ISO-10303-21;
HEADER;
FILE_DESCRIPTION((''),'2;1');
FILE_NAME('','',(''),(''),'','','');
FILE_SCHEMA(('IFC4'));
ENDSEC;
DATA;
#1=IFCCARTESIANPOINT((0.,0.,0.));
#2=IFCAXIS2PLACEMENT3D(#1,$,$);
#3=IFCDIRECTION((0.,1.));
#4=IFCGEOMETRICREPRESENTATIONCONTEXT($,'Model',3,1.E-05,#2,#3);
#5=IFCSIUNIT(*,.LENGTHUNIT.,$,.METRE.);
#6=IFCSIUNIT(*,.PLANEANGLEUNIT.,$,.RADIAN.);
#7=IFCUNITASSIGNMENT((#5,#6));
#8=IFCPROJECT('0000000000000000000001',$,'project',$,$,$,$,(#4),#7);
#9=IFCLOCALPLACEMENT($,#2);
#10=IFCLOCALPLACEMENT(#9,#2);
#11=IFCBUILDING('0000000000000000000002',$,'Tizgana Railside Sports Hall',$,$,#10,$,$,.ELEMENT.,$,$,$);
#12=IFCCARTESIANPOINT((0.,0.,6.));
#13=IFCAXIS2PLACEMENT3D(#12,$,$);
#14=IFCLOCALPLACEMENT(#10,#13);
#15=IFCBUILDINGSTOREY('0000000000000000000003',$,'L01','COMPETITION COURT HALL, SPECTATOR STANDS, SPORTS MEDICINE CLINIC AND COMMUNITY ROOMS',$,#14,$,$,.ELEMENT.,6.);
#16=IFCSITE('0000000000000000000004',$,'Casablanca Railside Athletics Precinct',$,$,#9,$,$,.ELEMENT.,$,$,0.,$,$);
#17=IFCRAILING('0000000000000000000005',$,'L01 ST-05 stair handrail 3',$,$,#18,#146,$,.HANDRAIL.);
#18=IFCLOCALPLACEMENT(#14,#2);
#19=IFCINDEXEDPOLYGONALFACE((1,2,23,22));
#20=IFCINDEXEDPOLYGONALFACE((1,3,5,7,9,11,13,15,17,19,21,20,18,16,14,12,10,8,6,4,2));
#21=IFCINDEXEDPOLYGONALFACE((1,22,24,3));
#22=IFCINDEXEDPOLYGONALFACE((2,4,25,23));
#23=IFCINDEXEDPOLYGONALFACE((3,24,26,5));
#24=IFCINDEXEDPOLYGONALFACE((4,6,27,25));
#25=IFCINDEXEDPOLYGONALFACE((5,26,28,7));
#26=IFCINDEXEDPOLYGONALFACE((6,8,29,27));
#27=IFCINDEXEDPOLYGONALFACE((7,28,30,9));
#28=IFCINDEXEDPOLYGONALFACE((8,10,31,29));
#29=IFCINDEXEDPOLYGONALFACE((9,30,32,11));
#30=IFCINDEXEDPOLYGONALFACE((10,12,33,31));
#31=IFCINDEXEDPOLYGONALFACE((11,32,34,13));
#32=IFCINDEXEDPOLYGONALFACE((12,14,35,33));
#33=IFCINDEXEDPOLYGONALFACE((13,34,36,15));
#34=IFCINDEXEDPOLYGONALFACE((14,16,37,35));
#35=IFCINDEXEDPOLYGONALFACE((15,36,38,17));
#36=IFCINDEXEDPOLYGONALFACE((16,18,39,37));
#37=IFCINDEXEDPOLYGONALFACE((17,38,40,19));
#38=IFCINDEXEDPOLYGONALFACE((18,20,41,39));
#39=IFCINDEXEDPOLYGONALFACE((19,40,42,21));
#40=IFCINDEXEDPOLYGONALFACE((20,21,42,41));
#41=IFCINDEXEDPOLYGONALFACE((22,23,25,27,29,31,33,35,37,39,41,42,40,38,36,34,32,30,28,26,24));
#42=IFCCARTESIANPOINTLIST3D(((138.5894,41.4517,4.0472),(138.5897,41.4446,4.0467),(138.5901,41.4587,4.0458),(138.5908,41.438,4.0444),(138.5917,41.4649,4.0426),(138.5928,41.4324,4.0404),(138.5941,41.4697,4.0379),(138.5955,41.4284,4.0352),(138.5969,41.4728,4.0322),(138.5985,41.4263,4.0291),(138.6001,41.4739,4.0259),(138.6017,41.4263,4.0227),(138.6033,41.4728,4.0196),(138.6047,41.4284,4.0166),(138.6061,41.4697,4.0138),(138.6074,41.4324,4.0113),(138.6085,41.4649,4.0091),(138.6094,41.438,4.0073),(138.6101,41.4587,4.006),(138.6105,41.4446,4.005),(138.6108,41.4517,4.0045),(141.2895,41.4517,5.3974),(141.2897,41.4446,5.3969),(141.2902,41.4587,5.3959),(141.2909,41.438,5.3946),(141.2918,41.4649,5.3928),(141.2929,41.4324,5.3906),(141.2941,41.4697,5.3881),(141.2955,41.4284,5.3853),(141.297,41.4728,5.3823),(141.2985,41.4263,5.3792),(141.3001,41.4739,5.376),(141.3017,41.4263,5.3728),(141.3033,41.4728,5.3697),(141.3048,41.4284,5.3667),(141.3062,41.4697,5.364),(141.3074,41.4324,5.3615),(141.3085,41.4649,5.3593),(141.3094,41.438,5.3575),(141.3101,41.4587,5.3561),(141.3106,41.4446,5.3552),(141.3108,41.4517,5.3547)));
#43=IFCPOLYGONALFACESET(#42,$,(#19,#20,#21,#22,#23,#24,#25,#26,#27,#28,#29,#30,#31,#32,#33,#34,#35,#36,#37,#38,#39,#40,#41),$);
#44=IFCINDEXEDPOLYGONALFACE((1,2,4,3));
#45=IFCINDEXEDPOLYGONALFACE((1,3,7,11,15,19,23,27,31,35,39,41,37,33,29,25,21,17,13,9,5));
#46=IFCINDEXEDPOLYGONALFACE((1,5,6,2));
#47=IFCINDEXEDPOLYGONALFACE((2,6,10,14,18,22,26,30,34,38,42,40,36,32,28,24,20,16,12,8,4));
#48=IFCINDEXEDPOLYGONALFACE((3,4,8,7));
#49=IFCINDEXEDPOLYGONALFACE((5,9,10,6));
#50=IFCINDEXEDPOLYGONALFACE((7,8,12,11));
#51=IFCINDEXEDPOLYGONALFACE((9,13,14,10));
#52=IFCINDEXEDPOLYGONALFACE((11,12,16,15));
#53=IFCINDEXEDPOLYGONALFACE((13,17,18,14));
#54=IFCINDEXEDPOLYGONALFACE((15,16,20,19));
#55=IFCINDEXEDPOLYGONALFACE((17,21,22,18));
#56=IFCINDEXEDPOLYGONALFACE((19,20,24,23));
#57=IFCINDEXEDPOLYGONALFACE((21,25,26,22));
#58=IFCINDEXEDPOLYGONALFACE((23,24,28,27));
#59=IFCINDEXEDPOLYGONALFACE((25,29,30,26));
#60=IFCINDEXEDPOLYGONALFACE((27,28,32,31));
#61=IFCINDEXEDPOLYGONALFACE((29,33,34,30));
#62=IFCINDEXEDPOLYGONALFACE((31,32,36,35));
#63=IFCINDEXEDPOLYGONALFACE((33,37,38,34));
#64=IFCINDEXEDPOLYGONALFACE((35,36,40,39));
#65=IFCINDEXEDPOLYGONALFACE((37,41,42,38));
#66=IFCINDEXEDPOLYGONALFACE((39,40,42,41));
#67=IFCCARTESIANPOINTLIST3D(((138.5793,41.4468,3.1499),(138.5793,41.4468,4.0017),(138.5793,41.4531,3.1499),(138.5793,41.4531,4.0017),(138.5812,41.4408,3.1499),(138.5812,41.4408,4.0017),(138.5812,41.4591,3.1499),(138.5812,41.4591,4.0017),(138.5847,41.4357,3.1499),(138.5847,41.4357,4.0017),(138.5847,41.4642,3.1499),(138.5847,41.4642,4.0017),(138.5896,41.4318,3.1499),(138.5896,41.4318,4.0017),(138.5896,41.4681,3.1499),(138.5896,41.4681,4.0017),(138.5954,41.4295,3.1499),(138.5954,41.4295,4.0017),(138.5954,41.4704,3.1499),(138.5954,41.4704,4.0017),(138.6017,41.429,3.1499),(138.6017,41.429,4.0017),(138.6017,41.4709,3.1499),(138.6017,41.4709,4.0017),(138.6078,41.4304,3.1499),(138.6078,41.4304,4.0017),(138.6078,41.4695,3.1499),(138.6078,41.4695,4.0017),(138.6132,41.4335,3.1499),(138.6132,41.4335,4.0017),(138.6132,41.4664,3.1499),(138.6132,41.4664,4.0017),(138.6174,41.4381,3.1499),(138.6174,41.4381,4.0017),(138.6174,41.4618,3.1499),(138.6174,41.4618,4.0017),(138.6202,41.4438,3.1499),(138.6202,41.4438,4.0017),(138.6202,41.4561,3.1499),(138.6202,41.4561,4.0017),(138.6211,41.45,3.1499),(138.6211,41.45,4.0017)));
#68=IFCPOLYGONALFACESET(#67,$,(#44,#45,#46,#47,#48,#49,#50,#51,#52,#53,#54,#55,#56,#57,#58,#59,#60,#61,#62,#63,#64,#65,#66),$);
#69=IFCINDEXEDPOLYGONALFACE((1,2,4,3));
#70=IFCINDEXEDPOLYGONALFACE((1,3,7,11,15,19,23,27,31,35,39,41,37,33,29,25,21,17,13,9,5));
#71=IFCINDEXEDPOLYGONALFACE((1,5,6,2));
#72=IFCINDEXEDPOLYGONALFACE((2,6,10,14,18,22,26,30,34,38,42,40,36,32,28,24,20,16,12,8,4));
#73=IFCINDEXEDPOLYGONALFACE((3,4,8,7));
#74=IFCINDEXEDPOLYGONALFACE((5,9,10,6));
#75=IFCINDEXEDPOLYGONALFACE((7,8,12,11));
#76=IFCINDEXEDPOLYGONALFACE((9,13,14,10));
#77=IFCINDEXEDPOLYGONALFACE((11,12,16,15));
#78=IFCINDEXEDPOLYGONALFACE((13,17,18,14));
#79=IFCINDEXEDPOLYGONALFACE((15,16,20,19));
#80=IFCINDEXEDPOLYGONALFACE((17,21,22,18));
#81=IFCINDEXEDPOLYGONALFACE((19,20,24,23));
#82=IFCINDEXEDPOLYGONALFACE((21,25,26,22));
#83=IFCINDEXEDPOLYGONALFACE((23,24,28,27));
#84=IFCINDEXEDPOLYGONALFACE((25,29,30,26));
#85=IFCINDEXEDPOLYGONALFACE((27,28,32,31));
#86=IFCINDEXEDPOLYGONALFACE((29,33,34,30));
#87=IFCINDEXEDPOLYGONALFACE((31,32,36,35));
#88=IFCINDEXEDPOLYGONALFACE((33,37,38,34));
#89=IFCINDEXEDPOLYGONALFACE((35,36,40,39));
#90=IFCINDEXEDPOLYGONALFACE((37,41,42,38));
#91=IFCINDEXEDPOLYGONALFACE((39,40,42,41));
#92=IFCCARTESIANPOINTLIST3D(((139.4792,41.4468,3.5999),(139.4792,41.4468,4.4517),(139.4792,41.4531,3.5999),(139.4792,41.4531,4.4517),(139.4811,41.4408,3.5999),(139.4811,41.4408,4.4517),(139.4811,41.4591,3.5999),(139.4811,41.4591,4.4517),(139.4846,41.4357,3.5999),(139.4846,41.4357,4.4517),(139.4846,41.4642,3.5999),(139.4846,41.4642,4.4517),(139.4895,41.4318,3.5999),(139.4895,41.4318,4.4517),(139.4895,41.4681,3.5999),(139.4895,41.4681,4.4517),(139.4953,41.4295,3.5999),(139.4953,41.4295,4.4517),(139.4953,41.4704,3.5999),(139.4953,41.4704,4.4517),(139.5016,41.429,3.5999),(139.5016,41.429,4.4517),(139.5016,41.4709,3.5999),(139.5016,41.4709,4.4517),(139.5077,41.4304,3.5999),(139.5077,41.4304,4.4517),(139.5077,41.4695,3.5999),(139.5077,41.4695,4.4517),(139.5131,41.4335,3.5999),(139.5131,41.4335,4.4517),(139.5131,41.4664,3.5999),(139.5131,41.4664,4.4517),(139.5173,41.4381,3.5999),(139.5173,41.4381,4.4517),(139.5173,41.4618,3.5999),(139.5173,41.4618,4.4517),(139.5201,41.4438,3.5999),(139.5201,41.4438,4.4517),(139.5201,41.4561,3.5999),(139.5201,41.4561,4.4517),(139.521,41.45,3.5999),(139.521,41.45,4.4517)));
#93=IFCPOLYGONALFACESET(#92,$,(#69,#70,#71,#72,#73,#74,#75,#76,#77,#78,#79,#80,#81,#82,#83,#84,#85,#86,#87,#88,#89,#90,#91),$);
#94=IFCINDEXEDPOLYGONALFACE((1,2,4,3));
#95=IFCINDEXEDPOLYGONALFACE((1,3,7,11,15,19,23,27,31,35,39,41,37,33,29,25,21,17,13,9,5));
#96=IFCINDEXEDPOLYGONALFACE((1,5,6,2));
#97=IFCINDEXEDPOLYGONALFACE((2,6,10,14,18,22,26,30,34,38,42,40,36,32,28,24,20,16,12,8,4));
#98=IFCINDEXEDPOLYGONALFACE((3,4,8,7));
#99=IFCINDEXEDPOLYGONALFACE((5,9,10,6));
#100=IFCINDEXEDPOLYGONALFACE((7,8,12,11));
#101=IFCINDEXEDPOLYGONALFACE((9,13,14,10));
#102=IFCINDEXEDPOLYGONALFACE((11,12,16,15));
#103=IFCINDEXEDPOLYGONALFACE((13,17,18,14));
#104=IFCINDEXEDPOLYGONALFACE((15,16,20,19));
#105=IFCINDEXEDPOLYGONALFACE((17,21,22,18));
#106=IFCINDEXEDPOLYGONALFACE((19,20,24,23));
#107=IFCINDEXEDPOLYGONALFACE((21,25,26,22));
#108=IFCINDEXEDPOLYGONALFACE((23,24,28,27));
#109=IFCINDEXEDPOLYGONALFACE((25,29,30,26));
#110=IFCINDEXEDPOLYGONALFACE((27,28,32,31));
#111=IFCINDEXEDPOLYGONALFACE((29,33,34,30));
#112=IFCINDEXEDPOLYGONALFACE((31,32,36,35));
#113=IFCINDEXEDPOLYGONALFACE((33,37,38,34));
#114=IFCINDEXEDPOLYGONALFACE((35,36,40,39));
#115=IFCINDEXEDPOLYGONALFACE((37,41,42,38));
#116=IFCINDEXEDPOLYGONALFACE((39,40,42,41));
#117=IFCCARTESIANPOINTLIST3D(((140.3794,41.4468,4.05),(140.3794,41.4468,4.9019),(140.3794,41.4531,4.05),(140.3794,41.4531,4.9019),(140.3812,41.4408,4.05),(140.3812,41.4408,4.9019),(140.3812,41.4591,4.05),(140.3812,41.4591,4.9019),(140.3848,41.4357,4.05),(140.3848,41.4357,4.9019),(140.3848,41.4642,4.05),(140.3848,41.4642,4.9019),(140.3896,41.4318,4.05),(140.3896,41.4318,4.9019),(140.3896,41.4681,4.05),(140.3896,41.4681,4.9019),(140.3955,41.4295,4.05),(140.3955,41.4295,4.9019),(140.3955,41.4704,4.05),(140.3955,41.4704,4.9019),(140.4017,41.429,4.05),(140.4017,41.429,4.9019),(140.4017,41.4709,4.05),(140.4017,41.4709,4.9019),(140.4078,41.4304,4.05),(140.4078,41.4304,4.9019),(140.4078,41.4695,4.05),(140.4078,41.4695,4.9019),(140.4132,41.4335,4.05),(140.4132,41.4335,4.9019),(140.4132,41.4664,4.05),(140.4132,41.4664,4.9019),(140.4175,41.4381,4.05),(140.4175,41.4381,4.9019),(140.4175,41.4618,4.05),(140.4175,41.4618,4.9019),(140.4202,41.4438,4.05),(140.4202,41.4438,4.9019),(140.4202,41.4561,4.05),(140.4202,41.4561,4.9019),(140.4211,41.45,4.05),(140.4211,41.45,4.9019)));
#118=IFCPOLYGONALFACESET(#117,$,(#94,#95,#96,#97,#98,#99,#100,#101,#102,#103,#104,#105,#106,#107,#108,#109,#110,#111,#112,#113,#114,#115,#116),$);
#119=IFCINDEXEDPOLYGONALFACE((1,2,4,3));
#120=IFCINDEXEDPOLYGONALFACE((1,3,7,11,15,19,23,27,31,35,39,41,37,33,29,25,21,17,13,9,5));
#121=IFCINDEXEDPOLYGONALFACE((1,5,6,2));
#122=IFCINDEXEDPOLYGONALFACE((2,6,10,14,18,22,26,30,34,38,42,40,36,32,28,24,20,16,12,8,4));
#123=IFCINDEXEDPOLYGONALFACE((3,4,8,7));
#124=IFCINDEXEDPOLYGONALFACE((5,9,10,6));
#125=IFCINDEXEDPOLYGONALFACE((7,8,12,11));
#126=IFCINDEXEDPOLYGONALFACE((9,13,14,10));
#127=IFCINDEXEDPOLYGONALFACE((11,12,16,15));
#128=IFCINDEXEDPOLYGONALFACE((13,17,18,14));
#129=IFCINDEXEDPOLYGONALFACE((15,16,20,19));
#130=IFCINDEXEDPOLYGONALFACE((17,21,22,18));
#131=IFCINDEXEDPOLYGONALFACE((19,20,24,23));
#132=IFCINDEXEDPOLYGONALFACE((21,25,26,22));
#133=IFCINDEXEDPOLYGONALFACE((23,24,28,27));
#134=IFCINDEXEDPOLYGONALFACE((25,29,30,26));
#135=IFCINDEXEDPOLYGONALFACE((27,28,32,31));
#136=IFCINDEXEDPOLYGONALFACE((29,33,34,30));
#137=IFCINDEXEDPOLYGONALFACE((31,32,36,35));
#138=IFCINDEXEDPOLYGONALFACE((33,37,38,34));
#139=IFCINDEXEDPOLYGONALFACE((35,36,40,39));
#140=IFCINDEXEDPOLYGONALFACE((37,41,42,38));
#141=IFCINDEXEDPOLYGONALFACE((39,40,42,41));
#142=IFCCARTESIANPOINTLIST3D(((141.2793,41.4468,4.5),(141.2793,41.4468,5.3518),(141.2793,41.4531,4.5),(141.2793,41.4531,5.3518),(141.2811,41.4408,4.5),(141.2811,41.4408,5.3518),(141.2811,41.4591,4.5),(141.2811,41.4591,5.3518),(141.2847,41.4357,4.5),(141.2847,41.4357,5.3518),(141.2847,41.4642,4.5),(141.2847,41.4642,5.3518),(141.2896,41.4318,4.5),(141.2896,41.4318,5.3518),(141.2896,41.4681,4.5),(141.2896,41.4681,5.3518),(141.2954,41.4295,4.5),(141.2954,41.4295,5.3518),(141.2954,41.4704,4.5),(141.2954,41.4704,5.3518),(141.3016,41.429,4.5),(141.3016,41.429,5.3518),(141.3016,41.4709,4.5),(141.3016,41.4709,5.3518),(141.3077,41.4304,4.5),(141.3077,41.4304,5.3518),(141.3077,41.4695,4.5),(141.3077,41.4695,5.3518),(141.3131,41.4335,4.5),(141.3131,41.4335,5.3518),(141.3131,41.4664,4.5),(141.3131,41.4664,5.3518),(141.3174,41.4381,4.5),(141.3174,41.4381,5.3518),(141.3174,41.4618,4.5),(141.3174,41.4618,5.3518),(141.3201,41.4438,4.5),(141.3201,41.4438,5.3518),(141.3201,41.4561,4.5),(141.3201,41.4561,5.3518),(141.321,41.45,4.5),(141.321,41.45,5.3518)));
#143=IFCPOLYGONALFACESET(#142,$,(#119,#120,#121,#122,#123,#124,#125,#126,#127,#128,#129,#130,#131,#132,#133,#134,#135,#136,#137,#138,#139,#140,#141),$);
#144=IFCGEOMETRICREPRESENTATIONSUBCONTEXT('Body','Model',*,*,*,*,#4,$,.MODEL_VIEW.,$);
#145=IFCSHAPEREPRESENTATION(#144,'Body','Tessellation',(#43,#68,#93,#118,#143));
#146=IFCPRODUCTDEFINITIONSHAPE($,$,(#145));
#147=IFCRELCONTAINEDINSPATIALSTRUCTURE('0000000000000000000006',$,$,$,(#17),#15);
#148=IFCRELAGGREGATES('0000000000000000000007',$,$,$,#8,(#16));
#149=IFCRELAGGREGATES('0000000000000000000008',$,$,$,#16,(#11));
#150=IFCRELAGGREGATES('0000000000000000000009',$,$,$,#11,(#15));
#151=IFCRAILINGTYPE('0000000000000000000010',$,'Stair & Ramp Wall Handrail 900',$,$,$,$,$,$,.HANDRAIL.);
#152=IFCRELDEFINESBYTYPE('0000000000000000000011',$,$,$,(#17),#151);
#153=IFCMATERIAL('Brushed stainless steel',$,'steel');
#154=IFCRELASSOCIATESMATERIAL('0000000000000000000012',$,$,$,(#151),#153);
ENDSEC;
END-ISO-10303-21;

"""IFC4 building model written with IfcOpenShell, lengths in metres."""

from ifc_helpers import new_model, si_unit, direction, frame, origin, origin_2d, place, context, subcontext, project, spatial, circle, extrude, material, type_object, element, save


model = new_model("IFC4")

# Units and contexts
model_context = context("Model", 3, precision=1e-05, world=origin(), true_north=direction((0.0, 1.0)))
body_context = subcontext(model_context, "Body", "Model", "MODEL_VIEW")
ifc_project = project(units=[si_unit("LENGTHUNIT", "METRE"), si_unit("PLANEANGLEUNIT", "RADIAN")], contexts=[model_context])

# Site, building, storey
site_placement = place(None, origin())
site = spatial("IfcSite", under=ifc_project, at=site_placement, Name="Casablanca Railside Athletics Precinct", CompositionType="ELEMENT", RefElevation=0.0)
building_placement = place(site_placement, origin())
building = spatial("IfcBuilding", under=site, at=building_placement, Name="Tizgana Railside Sports Hall", CompositionType="ELEMENT")
storey_placement = place(building_placement, frame((0.0, 0.0, 6.0)))
storey = spatial("IfcBuildingStorey", under=building, at=storey_placement, Name="L01", Description="COMPETITION COURT HALL, SPECTATOR STANDS, SPORTS MEDICINE CLINIC AND COMMUNITY ROOMS", CompositionType="ELEMENT", Elevation=6.0)

# Shared definitions
ifc_material_1 = material(Name="Brushed stainless steel", Category="steel")

# Railing
railing_type_1 = type_object("IfcRailingType", Name="Stair & Ramp Wall Handrail 900", PredefinedType="HANDRAIL", material=ifc_material_1)
railing_1_placement = place(storey_placement, frame((138.6001, 41.45, 3.1499)))
element("IfcRailing", 1, at=railing_1_placement, inside=storey, type_object=railing_type_1, Name="L01 ST-05 stair handrail 3", PredefinedType="HANDRAIL", context=body_context, shape_type="SweptSolid", body=[
    extrude(circle(Radius=0.0239, at=origin_2d()), frame((0.0, 0.0, 0.876), z_axis=(0.894411, 0.0, 0.447246), x_axis=(0.0, 1.0, 0.0)), (0.0, 0.0, 1.0), 3.0188),
    extrude(circle(Radius=0.021, at=origin_2d()), origin(), (0.0, 0.0, 1.0), 0.8518),
    extrude(circle(Radius=0.021, at=origin_2d()), frame((0.8999, 0.0, 0.45)), (0.0, 0.0, 1.0), 0.8518),
    extrude(circle(Radius=0.021, at=origin_2d()), frame((1.8, 0.0, 0.9001)), (0.0, 0.0, 1.0), 0.8518),
    extrude(circle(Radius=0.021, at=origin_2d()), frame((2.7, 0.0, 1.3501)), (0.0, 0.0, 1.0), 0.8518),
])

save(model, "model.ifc")
